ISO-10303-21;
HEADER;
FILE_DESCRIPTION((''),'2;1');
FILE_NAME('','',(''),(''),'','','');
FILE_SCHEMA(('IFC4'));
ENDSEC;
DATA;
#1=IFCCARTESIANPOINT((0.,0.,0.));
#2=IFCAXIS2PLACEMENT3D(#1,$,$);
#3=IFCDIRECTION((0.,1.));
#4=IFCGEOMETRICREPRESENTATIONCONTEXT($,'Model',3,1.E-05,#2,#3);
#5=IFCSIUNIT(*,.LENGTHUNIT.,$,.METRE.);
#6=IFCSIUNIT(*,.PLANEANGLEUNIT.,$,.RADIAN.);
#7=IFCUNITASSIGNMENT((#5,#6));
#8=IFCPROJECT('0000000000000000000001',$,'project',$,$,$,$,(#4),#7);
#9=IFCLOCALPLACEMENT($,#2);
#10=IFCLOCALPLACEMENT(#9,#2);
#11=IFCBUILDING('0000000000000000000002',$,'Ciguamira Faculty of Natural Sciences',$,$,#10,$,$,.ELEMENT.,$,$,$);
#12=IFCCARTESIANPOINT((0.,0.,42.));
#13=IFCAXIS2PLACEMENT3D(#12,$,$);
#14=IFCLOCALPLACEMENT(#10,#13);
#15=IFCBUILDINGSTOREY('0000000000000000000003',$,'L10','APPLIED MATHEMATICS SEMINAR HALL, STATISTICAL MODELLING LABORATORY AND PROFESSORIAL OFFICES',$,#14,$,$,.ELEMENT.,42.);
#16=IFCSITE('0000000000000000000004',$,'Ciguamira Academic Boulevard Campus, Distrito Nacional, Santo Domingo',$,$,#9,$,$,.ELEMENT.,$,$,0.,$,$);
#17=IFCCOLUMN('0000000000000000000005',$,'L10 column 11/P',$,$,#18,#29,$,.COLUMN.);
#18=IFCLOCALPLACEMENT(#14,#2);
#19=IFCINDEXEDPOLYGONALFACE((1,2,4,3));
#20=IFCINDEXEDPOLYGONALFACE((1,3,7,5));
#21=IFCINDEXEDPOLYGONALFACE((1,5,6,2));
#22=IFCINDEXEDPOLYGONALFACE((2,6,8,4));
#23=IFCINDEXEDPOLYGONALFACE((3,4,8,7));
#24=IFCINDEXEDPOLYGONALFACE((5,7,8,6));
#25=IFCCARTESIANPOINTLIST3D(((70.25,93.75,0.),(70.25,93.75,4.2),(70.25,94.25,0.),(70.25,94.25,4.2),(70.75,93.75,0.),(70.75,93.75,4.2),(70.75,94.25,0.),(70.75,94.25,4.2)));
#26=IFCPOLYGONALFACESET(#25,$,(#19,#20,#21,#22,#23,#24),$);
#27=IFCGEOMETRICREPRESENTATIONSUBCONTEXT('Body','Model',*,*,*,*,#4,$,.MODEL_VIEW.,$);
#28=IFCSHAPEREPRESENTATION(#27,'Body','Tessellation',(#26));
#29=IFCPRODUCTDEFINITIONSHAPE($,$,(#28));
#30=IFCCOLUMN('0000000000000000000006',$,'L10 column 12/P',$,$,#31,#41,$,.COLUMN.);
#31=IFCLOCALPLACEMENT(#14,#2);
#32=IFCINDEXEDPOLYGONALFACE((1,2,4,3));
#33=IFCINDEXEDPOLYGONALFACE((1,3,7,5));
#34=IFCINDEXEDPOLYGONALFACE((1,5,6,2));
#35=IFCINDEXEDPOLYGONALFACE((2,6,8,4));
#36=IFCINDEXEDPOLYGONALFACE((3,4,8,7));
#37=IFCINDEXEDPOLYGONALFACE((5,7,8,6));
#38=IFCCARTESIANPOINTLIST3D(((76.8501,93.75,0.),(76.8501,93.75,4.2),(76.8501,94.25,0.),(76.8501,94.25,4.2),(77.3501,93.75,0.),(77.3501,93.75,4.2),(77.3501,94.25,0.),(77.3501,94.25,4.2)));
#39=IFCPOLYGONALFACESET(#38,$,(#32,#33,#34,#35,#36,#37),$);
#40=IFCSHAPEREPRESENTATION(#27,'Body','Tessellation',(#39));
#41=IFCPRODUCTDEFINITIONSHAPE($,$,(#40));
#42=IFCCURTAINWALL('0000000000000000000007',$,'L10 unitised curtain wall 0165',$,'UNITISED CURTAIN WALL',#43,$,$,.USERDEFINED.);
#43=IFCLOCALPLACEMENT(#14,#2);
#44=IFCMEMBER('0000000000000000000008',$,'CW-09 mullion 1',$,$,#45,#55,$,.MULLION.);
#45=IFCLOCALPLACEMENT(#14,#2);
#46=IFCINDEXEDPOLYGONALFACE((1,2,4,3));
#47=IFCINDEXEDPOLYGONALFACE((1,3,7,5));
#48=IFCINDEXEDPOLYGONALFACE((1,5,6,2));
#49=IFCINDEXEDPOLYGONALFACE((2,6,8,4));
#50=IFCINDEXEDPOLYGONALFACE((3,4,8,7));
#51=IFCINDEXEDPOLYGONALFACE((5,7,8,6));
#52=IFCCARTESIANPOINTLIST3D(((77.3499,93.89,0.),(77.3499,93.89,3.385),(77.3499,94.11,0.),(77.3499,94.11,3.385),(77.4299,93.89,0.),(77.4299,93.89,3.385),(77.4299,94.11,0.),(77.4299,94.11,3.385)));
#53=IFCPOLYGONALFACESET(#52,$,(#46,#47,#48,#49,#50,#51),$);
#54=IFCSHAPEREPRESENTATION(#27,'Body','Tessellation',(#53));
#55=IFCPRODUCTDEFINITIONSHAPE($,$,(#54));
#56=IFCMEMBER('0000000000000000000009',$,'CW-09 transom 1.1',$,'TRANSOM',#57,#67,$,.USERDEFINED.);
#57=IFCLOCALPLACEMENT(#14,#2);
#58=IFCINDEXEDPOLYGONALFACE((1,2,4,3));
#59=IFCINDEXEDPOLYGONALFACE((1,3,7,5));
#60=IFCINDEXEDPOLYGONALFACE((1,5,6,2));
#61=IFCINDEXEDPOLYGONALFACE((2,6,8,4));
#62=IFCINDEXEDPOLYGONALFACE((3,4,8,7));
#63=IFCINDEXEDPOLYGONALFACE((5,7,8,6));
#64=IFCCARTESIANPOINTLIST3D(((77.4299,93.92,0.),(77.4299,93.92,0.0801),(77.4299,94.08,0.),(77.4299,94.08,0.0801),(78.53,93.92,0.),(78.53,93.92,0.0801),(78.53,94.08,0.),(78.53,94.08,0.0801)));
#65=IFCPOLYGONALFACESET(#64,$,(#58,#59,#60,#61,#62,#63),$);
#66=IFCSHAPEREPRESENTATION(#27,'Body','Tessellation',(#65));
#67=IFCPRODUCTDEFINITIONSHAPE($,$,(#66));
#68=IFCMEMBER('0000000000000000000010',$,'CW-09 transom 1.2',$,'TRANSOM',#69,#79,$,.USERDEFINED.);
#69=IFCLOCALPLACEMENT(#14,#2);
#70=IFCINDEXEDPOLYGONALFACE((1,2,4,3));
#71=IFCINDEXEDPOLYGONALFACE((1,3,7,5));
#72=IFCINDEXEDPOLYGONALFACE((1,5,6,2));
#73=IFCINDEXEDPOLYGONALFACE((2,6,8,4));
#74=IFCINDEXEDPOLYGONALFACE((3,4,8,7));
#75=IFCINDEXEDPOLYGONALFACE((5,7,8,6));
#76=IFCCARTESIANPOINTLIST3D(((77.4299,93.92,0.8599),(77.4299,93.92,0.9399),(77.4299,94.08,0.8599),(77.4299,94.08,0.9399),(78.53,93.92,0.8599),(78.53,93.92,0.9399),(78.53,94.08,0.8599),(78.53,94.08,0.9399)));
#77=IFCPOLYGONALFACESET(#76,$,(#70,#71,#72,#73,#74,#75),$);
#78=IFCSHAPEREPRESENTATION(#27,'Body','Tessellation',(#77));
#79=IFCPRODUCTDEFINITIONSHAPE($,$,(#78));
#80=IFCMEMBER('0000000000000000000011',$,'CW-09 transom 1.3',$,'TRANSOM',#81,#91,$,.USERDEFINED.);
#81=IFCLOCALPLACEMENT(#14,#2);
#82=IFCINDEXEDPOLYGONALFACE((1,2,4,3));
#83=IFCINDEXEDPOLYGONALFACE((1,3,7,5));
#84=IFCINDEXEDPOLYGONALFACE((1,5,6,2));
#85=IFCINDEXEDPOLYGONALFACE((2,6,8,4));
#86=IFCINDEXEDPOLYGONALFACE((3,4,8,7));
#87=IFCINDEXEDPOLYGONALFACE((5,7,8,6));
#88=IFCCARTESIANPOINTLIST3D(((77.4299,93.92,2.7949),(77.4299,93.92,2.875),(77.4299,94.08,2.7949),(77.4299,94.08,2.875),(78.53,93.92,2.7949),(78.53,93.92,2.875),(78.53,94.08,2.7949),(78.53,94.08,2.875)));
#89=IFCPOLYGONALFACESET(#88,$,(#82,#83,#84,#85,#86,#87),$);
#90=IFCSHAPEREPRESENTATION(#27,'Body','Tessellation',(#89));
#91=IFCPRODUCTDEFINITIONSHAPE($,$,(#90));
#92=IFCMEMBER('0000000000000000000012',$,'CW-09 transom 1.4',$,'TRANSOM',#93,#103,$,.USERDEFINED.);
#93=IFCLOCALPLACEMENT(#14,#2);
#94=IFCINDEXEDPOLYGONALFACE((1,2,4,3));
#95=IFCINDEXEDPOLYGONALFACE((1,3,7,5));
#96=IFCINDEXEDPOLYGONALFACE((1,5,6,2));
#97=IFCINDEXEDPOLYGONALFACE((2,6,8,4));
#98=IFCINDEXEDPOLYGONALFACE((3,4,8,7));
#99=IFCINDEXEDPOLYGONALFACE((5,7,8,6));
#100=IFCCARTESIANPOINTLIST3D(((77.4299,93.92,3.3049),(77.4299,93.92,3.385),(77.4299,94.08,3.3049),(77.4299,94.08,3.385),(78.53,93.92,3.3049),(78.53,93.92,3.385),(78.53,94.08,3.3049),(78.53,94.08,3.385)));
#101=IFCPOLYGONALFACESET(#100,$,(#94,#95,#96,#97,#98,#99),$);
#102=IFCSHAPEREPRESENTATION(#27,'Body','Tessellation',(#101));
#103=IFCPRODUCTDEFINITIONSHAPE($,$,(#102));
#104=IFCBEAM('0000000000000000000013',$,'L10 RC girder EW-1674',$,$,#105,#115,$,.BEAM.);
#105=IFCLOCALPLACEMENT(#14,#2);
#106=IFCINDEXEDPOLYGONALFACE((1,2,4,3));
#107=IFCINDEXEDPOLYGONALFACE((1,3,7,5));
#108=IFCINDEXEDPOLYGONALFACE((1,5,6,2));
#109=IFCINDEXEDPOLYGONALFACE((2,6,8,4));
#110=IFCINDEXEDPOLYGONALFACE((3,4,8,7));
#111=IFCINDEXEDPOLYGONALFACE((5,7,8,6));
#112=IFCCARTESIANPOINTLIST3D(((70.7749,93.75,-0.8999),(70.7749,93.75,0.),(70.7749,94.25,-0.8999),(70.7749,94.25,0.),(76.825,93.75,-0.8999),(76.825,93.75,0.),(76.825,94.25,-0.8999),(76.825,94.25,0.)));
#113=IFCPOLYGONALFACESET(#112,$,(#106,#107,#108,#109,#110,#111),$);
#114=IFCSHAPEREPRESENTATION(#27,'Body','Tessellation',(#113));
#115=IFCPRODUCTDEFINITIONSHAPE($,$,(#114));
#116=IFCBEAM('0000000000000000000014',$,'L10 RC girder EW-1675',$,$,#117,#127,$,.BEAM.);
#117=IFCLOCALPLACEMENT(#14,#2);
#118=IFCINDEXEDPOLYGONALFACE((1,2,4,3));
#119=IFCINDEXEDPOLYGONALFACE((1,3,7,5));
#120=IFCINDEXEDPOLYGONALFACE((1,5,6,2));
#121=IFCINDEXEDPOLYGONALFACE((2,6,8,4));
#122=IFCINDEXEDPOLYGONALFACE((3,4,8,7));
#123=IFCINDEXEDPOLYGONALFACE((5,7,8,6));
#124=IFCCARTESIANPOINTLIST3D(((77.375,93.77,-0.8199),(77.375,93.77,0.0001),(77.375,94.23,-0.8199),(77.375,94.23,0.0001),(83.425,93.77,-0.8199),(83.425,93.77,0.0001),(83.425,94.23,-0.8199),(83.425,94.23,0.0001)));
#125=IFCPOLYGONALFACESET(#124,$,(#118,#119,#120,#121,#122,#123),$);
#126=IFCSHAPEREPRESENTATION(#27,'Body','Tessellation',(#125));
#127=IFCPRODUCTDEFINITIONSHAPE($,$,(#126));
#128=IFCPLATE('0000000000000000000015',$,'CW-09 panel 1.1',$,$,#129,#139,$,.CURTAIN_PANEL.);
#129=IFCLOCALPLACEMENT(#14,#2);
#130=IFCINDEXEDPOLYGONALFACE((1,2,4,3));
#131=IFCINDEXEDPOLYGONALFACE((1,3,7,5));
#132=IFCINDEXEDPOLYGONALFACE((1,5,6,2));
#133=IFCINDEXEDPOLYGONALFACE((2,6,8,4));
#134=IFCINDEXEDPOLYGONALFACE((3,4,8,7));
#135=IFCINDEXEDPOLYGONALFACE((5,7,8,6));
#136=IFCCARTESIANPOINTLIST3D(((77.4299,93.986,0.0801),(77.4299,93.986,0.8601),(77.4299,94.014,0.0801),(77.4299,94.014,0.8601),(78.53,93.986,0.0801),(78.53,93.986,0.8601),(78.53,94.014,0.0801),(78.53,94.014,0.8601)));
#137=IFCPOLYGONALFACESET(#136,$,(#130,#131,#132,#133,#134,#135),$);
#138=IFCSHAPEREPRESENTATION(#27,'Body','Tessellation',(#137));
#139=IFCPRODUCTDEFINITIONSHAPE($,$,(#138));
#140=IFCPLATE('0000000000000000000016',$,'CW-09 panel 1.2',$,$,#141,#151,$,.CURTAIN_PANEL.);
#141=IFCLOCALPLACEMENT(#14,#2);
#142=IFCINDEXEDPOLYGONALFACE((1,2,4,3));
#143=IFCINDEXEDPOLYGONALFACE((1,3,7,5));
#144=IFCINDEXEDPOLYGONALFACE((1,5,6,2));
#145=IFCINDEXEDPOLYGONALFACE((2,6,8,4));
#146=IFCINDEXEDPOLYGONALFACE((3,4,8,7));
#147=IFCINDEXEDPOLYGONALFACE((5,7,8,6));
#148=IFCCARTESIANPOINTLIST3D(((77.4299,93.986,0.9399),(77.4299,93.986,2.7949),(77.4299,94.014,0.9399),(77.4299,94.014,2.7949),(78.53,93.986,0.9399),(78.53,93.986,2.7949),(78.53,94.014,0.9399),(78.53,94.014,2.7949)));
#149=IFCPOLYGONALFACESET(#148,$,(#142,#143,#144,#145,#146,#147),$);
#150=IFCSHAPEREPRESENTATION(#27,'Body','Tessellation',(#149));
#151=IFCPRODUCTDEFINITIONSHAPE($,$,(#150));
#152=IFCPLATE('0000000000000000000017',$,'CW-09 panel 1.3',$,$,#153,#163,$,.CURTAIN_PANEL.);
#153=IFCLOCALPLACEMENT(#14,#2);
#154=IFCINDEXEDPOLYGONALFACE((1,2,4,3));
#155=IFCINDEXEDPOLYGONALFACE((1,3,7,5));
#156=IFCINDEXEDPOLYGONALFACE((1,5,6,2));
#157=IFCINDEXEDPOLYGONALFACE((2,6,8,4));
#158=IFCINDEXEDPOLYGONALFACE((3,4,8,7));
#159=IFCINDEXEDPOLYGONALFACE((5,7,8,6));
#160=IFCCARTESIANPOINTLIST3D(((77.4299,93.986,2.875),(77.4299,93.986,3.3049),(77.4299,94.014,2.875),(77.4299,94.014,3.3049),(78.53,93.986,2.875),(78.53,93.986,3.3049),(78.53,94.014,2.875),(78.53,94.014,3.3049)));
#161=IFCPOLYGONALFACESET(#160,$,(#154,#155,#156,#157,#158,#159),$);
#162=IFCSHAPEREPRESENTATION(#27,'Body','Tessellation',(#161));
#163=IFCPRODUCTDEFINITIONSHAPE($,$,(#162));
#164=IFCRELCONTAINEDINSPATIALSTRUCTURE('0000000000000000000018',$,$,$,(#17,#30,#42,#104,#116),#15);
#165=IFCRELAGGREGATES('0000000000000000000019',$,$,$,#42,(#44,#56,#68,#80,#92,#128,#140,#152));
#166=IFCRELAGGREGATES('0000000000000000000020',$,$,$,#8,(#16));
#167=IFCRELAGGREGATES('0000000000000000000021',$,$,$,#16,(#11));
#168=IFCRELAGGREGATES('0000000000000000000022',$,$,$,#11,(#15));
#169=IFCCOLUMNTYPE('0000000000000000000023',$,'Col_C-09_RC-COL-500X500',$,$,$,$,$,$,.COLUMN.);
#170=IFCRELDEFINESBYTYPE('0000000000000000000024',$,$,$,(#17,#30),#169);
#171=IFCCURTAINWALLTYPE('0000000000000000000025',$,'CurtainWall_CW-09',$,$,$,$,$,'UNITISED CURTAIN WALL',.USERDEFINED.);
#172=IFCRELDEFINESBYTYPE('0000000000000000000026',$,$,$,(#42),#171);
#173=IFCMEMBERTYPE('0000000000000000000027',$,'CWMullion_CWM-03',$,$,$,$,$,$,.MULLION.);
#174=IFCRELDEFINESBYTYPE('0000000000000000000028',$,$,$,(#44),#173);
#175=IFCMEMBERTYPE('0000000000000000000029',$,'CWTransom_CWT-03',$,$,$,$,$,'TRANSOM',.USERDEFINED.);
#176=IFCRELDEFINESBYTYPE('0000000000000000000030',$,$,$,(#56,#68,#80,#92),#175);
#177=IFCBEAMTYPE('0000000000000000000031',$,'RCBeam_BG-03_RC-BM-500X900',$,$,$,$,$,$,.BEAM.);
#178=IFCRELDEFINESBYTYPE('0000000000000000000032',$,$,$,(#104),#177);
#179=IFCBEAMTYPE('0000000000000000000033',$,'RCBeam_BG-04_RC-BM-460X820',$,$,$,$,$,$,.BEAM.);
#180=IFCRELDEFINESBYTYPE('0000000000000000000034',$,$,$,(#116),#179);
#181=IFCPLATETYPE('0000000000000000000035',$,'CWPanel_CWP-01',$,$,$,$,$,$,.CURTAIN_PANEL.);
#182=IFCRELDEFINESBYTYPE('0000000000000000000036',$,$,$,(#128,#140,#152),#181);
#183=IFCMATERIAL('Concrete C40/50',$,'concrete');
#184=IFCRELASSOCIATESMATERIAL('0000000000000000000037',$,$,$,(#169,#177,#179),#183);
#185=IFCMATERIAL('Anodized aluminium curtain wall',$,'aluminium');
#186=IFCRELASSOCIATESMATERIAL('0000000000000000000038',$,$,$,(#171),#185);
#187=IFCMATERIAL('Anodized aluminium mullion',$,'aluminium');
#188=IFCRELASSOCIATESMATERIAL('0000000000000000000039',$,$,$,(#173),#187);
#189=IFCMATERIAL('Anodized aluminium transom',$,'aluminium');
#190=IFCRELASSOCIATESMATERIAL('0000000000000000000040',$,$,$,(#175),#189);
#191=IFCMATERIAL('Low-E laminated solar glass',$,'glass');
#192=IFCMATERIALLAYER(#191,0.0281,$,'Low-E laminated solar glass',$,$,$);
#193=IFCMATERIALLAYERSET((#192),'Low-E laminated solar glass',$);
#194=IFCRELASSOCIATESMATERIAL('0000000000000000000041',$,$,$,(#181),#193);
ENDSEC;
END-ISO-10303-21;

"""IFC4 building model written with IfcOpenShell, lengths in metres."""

from ifc_helpers import new_model, si_unit, direction, frame, origin, origin_2d, place, context, subcontext, project, spatial, rectangle, extrude, material, layer, layer_set, material_profile, profile_set, type_object, element, aggregate, save


model = new_model("IFC4")

# Units and contexts
model_context = context("Model", 3, precision=1e-05, world=origin(), true_north=direction((0.0, 1.0)))
body_context = subcontext(model_context, "Body", "Model", "MODEL_VIEW")
ifc_project = project(units=[si_unit("LENGTHUNIT", "METRE"), si_unit("PLANEANGLEUNIT", "RADIAN")], contexts=[model_context])

# Site, building, storey
site_placement = place(None, origin())
site = spatial("IfcSite", under=ifc_project, at=site_placement, Name="Ciguamira Academic Boulevard Campus, Distrito Nacional, Santo Domingo", CompositionType="ELEMENT", RefElevation=0.0)
building_placement = place(site_placement, origin())
building = spatial("IfcBuilding", under=site, at=building_placement, Name="Ciguamira Faculty of Natural Sciences", CompositionType="ELEMENT")
storey_placement = place(building_placement, frame((0.0, 0.0, 42.0)))
storey = spatial("IfcBuildingStorey", under=building, at=storey_placement, Name="L10", Description="APPLIED MATHEMATICS SEMINAR HALL, STATISTICAL MODELLING LABORATORY AND PROFESSORIAL OFFICES", CompositionType="ELEMENT", Elevation=42.0)

# Columns
ifc_material_1 = material(Name="Concrete C40/50", Category="concrete")
ifc_material_profile_1 = material_profile(ifc_material_1, rectangle(XDim=0.5, YDim=0.5, at=origin_2d()), Name="RC-COL-500X500")
ifc_profile_set_1 = profile_set([ifc_material_profile_1], Name="Concrete C40/50")
column_type = type_object("IfcColumnType", Name="Col_C-09_RC-COL-500X500", PredefinedType="COLUMN", material=ifc_profile_set_1)
for number, where, z_axis, x_axis, name in (
    (1, (70.5, 94.0, 0.0), (0.0, 0.0, 1.0), (1.0, 0.0, 0.0), "L10 column 11/P"),
    (2, (77.1001, 94.0, 0.0), (0.0, 0.0, 1.0), (1.0, 0.0, 0.0), "L10 column 12/P"),
):
    element("IfcColumn", number, at=place(storey_placement, frame(where, z_axis=z_axis, x_axis=x_axis)), inside=storey, type_object=column_type, Name=name, PredefinedType="COLUMN", context=body_context, shape_type="SweptSolid", body=[
        extrude(rectangle(XDim=0.5, YDim=0.5, at=origin_2d()), origin(), (0.0, 0.0, 1.0), 4.2),
    ])

# Curtain wall, members
ifc_material_2 = material(Name="Anodized aluminium curtain wall", Category="aluminium")
curtain_wall_type = type_object("IfcCurtainWallType", Name="CurtainWall_CW-09", ElementType="UNITISED CURTAIN WALL", PredefinedType="USERDEFINED", material=ifc_material_2)
curtain_wall_placement = place(storey_placement, origin())
curtain_wall = element("IfcCurtainWall", 3, at=curtain_wall_placement, inside=storey, type_object=curtain_wall_type, Name="L10 unitised curtain wall 0165", ObjectType="UNITISED CURTAIN WALL", PredefinedType="USERDEFINED")
ifc_material_3 = material(Name="Anodized aluminium mullion", Category="aluminium")
ifc_material_profile_2 = material_profile(ifc_material_3, rectangle(XDim=0.0801, YDim=0.22, at=origin_2d()), Name="ALU-MUL-80X220")
ifc_profile_set_2 = profile_set([ifc_material_profile_2], Name="Anodized aluminium mullion")
member_type_1 = type_object("IfcMemberType", Name="CWMullion_CWM-03", PredefinedType="MULLION", material=ifc_profile_set_2)
member_1_placement = place(storey_placement, frame((77.3899, 94.0, 0.0), z_axis=(0.0, 0.0, 1.0), x_axis=(1.0, 0.0, 0.0)))
member_1 = element("IfcMember", 4, at=member_1_placement, type_object=member_type_1, Name="CW-09 mullion 1", PredefinedType="MULLION", context=body_context, shape_type="SweptSolid", body=[
    extrude(rectangle(XDim=0.0801, YDim=0.22, at=origin_2d()), origin(), (0.0, 0.0, 1.0), 3.385),
])
ifc_material_4 = material(Name="Anodized aluminium transom", Category="aluminium")
ifc_material_profile_3 = material_profile(ifc_material_4, rectangle(XDim=0.0801, YDim=0.1599, at=origin_2d()), Name="ALU-TRN-80X160")
ifc_profile_set_3 = profile_set([ifc_material_profile_3], Name="Anodized aluminium transom")
member_type_2 = type_object("IfcMemberType", Name="CWTransom_CWT-03", ElementType="TRANSOM", PredefinedType="USERDEFINED", material=ifc_profile_set_3)
member_2_placement = place(storey_placement, frame((77.4299, 94.0, 0.04), z_axis=(1.0, 0.0, 0.0), x_axis=(0.0, 0.0, 1.0)))
member_2 = element("IfcMember", 5, at=member_2_placement, type_object=member_type_2, Name="CW-09 transom 1.1", ObjectType="TRANSOM", PredefinedType="USERDEFINED", context=body_context, shape_type="SweptSolid", body=[
    extrude(rectangle(XDim=0.0801, YDim=0.1599, at=origin_2d()), origin(), (0.0, 0.0, 1.0), 1.1001),
])
member_3_placement = place(storey_placement, frame((77.4299, 94.0, 0.8999), z_axis=(1.0, 0.0, 0.0), x_axis=(0.0, 0.0, 1.0)))
member_3 = element("IfcMember", 6, at=member_3_placement, type_object=member_type_2, Name="CW-09 transom 1.2", ObjectType="TRANSOM", PredefinedType="USERDEFINED", context=body_context, shape_type="SweptSolid", body=[
    extrude(rectangle(XDim=0.0801, YDim=0.1599, at=origin_2d()), origin(), (0.0, 0.0, 1.0), 1.1001),
])
member_4_placement = place(storey_placement, frame((77.4299, 94.0, 2.835), z_axis=(1.0, 0.0, 0.0), x_axis=(0.0, 0.0, 1.0)))
member_4 = element("IfcMember", 7, at=member_4_placement, type_object=member_type_2, Name="CW-09 transom 1.3", ObjectType="TRANSOM", PredefinedType="USERDEFINED", context=body_context, shape_type="SweptSolid", body=[
    extrude(rectangle(XDim=0.0801, YDim=0.1599, at=origin_2d()), origin(), (0.0, 0.0, 1.0), 1.1001),
])
member_5_placement = place(storey_placement, frame((77.4299, 94.0, 3.345), z_axis=(1.0, 0.0, 0.0), x_axis=(0.0, 0.0, 1.0)))
member_5 = element("IfcMember", 8, at=member_5_placement, type_object=member_type_2, Name="CW-09 transom 1.4", ObjectType="TRANSOM", PredefinedType="USERDEFINED", context=body_context, shape_type="SweptSolid", body=[
    extrude(rectangle(XDim=0.0801, YDim=0.1599, at=origin_2d()), origin(), (0.0, 0.0, 1.0), 1.1001),
])

# Beams
ifc_material_profile_4 = material_profile(ifc_material_1, rectangle(XDim=0.5, YDim=0.8999, at=origin_2d()), Name="RC-BM-500X900")
ifc_profile_set_4 = profile_set([ifc_material_profile_4], Name="Concrete C40/50")
beam_type_1 = type_object("IfcBeamType", Name="RCBeam_BG-03_RC-BM-500X900", PredefinedType="BEAM", material=ifc_profile_set_4)
beam_1_placement = place(storey_placement, frame((70.7749, 94.0, -0.45), z_axis=(1.0, 0.0, 0.0), x_axis=(0.0, 1.0, 0.0)))
element("IfcBeam", 9, at=beam_1_placement, inside=storey, type_object=beam_type_1, Name="L10 RC girder EW-1674", PredefinedType="BEAM", context=body_context, shape_type="SweptSolid", body=[
    extrude(rectangle(XDim=0.5, YDim=0.8999, at=origin_2d()), origin(), (0.0, 0.0, 1.0), 6.05),
])
ifc_material_profile_5 = material_profile(ifc_material_1, rectangle(XDim=0.46, YDim=0.8201, at=origin_2d()), Name="RC-BM-460X820")
ifc_profile_set_5 = profile_set([ifc_material_profile_5], Name="Concrete C40/50")
beam_type_2 = type_object("IfcBeamType", Name="RCBeam_BG-04_RC-BM-460X820", PredefinedType="BEAM", material=ifc_profile_set_5)
beam_2_placement = place(storey_placement, frame((77.375, 94.0, -0.4099), z_axis=(1.0, 0.0, 0.0), x_axis=(0.0, 1.0, 0.0)))
element("IfcBeam", 10, at=beam_2_placement, inside=storey, type_object=beam_type_2, Name="L10 RC girder EW-1675", PredefinedType="BEAM", context=body_context, shape_type="SweptSolid", body=[
    extrude(rectangle(XDim=0.46, YDim=0.8201, at=origin_2d()), origin(), (0.0, 0.0, 1.0), 6.05),
])

# Plates
ifc_material_5 = material(Name="Low-E laminated solar glass", Category="glass")
ifc_layer_1 = layer(ifc_material_5, 0.0281, Name="Low-E laminated solar glass")
ifc_layer_set_1 = layer_set([ifc_layer_1], Name="Low-E laminated solar glass")
plate_type = type_object("IfcPlateType", Name="CWPanel_CWP-01", PredefinedType="CURTAIN_PANEL", material=ifc_layer_set_1)
plate_1_placement = place(storey_placement, frame((77.98, 94.0, 0.0801), z_axis=(0.0, 0.0, 1.0), x_axis=(1.0, 0.0, 0.0)))
plate_1 = element("IfcPlate", 11, at=plate_1_placement, type_object=plate_type, Name="CW-09 panel 1.1", PredefinedType="CURTAIN_PANEL", context=body_context, shape_type="SweptSolid", body=[
    extrude(rectangle(XDim=1.1001, YDim=0.0281, at=origin_2d()), origin(), (0.0, 0.0, 1.0), 0.78),
])
plate_2_placement = place(storey_placement, frame((77.98, 94.0, 0.9399), z_axis=(0.0, 0.0, 1.0), x_axis=(1.0, 0.0, 0.0)))
plate_2 = element("IfcPlate", 12, at=plate_2_placement, type_object=plate_type, Name="CW-09 panel 1.2", PredefinedType="CURTAIN_PANEL", context=body_context, shape_type="SweptSolid", body=[
    extrude(rectangle(XDim=1.1001, YDim=0.0281, at=origin_2d()), origin(), (0.0, 0.0, 1.0), 1.855),
])
plate_3_placement = place(storey_placement, frame((77.98, 94.0, 2.875), z_axis=(0.0, 0.0, 1.0), x_axis=(1.0, 0.0, 0.0)))
plate_3 = element("IfcPlate", 13, at=plate_3_placement, type_object=plate_type, Name="CW-09 panel 1.3", PredefinedType="CURTAIN_PANEL", context=body_context, shape_type="SweptSolid", body=[
    extrude(rectangle(XDim=1.1001, YDim=0.0281, at=origin_2d()), origin(), (0.0, 0.0, 1.0), 0.4299),
])
aggregate(curtain_wall, [member_1, member_2, member_3, member_4, member_5, plate_1, plate_2, plate_3])

save(model, "model.ifc")
